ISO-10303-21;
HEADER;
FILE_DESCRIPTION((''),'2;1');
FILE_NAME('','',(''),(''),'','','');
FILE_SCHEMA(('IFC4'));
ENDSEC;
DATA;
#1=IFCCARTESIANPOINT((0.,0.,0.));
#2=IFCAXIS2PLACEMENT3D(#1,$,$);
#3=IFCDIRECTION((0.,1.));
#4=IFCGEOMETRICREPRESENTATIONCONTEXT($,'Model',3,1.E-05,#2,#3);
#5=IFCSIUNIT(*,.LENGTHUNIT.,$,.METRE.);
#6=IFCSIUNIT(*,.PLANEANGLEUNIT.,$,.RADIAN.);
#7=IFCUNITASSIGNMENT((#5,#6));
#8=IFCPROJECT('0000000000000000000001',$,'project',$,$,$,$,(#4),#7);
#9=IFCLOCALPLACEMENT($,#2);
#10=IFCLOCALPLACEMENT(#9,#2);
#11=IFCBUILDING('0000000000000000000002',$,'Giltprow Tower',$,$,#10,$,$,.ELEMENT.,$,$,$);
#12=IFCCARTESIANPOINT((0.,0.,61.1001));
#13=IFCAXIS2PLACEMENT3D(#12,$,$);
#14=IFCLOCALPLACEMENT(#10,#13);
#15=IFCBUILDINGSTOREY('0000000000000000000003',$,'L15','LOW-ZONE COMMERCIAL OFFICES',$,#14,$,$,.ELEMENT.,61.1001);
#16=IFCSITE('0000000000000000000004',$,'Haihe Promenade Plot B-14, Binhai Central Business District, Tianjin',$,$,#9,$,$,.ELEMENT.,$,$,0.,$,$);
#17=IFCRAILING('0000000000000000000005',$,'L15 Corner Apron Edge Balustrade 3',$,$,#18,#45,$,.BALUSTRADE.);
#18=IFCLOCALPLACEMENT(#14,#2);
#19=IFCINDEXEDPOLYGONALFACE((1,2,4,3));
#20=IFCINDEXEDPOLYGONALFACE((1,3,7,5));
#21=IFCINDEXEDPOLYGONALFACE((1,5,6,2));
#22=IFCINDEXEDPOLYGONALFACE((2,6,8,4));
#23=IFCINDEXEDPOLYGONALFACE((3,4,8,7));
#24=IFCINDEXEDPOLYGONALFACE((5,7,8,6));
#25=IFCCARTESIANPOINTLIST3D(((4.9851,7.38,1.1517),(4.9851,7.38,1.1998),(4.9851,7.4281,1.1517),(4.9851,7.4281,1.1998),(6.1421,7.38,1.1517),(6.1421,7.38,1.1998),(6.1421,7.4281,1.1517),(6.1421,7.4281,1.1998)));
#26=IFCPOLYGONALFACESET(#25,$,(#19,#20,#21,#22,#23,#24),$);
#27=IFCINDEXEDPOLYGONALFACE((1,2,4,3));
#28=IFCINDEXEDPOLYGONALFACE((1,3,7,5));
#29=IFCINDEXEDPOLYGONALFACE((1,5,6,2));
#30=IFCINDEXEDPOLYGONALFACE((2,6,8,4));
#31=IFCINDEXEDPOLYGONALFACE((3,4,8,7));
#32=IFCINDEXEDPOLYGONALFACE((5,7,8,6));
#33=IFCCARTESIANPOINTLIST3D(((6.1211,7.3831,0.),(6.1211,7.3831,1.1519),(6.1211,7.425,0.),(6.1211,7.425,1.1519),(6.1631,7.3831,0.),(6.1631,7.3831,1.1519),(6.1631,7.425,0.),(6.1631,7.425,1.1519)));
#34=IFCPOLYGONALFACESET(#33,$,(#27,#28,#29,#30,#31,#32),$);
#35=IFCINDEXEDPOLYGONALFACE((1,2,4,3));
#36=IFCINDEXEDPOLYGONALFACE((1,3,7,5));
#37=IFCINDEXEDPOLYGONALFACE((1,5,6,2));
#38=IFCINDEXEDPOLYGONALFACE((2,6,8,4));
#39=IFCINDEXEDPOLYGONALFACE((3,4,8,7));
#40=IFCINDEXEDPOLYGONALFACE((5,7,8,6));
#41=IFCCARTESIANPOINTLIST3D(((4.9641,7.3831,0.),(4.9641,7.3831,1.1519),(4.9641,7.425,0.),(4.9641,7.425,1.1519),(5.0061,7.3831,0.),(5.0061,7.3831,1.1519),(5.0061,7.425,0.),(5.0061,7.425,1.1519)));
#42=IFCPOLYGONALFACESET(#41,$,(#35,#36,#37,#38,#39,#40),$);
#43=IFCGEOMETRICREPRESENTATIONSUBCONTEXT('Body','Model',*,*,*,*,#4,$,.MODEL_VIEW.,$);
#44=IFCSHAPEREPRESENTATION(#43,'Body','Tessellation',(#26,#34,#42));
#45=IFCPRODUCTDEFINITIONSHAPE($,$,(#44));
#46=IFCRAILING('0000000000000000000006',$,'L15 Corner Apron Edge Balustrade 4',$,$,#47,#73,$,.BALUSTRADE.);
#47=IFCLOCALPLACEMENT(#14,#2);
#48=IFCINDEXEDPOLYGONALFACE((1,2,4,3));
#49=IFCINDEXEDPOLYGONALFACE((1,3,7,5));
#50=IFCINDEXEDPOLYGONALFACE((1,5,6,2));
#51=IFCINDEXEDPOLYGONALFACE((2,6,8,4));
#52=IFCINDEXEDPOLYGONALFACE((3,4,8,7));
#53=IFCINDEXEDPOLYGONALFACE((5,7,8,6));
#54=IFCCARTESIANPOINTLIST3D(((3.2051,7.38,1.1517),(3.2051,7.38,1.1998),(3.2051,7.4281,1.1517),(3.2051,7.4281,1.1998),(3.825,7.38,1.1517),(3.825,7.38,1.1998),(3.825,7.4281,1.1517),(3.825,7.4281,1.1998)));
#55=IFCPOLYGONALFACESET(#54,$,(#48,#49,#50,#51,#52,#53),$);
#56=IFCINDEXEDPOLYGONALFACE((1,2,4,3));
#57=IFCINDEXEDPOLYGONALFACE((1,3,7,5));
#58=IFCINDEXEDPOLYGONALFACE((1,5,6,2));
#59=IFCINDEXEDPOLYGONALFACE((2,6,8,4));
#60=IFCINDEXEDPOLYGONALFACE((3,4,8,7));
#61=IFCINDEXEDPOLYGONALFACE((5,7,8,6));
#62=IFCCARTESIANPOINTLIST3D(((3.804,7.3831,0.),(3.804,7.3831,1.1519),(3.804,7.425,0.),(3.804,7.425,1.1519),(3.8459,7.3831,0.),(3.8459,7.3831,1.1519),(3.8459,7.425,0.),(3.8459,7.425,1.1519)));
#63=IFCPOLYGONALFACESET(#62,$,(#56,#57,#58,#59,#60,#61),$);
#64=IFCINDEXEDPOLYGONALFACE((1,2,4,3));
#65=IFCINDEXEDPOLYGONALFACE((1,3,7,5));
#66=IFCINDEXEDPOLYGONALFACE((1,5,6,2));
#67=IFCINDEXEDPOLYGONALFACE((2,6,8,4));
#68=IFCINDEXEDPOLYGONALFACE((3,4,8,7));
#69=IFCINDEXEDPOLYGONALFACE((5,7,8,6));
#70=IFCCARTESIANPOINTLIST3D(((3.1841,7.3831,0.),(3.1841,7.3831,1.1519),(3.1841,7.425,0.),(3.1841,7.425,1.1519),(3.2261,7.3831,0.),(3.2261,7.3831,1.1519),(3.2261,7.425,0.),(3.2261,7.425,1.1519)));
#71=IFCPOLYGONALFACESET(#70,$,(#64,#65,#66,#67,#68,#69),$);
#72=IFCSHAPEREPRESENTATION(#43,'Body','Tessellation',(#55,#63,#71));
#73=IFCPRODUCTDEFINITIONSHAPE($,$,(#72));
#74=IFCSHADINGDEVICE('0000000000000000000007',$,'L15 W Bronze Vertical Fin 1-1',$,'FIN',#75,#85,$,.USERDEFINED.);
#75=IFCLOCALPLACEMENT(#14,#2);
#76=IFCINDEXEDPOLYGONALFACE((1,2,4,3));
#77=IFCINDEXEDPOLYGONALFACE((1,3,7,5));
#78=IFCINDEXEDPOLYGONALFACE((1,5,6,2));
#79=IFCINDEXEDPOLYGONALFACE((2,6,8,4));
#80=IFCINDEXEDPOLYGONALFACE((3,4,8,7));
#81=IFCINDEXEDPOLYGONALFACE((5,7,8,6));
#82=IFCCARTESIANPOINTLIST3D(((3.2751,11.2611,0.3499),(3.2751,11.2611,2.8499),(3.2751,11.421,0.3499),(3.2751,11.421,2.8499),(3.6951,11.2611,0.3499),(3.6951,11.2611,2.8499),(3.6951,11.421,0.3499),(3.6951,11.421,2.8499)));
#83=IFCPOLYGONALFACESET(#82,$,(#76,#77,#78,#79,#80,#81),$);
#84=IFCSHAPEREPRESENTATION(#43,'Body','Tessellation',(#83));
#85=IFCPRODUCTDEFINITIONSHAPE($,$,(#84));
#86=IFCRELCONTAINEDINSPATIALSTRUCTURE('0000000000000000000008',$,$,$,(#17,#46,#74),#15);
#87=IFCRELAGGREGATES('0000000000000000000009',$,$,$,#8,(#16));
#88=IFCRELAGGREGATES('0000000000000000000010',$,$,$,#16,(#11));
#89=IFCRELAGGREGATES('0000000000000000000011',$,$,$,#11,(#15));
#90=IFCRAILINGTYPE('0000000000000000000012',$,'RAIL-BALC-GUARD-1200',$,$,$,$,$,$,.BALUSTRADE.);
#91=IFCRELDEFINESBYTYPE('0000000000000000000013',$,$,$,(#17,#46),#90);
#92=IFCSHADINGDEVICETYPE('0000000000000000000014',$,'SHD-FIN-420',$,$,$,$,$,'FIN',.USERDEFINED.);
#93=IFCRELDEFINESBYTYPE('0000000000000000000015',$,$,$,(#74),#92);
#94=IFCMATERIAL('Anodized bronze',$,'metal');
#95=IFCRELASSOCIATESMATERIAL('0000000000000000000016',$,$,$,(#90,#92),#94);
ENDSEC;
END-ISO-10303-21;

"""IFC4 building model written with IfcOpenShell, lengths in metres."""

from ifc_helpers import new_model, si_unit, direction, frame, origin, origin_2d, place, context, subcontext, project, spatial, rectangle, extrude, source, transform, mapped, material, type_object, element, save


model = new_model("IFC4")

# Units and contexts
model_context = context("Model", 3, precision=1e-05, world=origin(), true_north=direction((0.0, 1.0)))
body_context = subcontext(model_context, "Body", "Model", "MODEL_VIEW")
ifc_project = project(units=[si_unit("LENGTHUNIT", "METRE"), si_unit("PLANEANGLEUNIT", "RADIAN")], contexts=[model_context])

# Site, building, storey
site_placement = place(None, origin())
site = spatial("IfcSite", under=ifc_project, at=site_placement, Name="Haihe Promenade Plot B-14, Binhai Central Business District, Tianjin", CompositionType="ELEMENT", RefElevation=0.0)
building_placement = place(site_placement, origin())
building = spatial("IfcBuilding", under=site, at=building_placement, Name="Giltprow Tower", CompositionType="ELEMENT")
storey_placement = place(building_placement, frame((0.0, 0.0, 61.1001)))
storey = spatial("IfcBuildingStorey", under=building, at=storey_placement, Name="L15", Description="LOW-ZONE COMMERCIAL OFFICES", CompositionType="ELEMENT", Elevation=61.1001)

# Shared definitions
ifc_material_1 = material(Name="Anodized bronze", Category="metal")

# Railings
railing_type = type_object("IfcRailingType", Name="RAIL-BALC-GUARD-1200", PredefinedType="BALUSTRADE", material=ifc_material_1)
railing_1_placement = place(storey_placement, frame((6.1421, 7.4041, 0.0)))
element("IfcRailing", 1, at=railing_1_placement, inside=storey, type_object=railing_type, Name="L15 Corner Apron Edge Balustrade 3", PredefinedType="BALUSTRADE", context=body_context, shape_type="SweptSolid", body=[
    extrude(rectangle(XDim=0.0481, YDim=0.0481, at=origin_2d()), frame((0.0, 0.0, 1.1758), z_axis=(-1.0, 0.0, 0.0), x_axis=(0.0, -1.0, 0.0)), (0.0, 0.0, 1.0), 1.157),
    extrude(rectangle(XDim=0.042, YDim=0.042, at=origin_2d()), origin(), (0.0, 0.0, 1.0), 1.1519),
    extrude(rectangle(XDim=0.042, YDim=0.042, at=origin_2d()), frame((-1.157, 0.0, 0.0)), (0.0, 0.0, 1.0), 1.1519),
])
railing_2_placement = place(storey_placement, frame((3.825, 7.4041, 0.0)))
element("IfcRailing", 2, at=railing_2_placement, inside=storey, type_object=railing_type, Name="L15 Corner Apron Edge Balustrade 4", PredefinedType="BALUSTRADE", context=body_context, shape_type="SweptSolid", body=[
    extrude(rectangle(XDim=0.0481, YDim=0.0481, at=origin_2d()), frame((0.0, 0.0, 1.1758), z_axis=(-1.0, 0.0, 0.0), x_axis=(0.0, -1.0, 0.0)), (0.0, 0.0, 1.0), 0.6199),
    extrude(rectangle(XDim=0.042, YDim=0.042, at=origin_2d()), origin(), (0.0, 0.0, 1.0), 1.1519),
    extrude(rectangle(XDim=0.042, YDim=0.042, at=origin_2d()), frame((-0.6199, 0.0, 0.0)), (0.0, 0.0, 1.0), 1.1519),
])

# Shading device
shading_device_type = type_object("IfcShadingDeviceType", Name="SHD-FIN-420", ElementType="FIN", PredefinedType="USERDEFINED", material=ifc_material_1)
shared_shape_1 = source(origin(), body_context, "Body", "SweptSolid", [
    extrude(rectangle(XDim=0.4199, YDim=0.1599, at=origin_2d()), origin(), (0.0, 0.0, 1.0), 2.5),
])
shading_device_placement = place(storey_placement, frame((3.4851, 11.3411, 0.3499), z_axis=(0.0, 0.0, 1.0), x_axis=(1.0, 0.0, 0.0)))
element("IfcShadingDevice", 3, at=shading_device_placement, inside=storey, type_object=shading_device_type, Name="L15 W Bronze Vertical Fin 1-1", ObjectType="FIN", PredefinedType="USERDEFINED", context=body_context, shape_type="MappedRepresentation", body=[
    mapped(shared_shape_1, transform((0.0, 0.0, 0.0), x_axis=(1.0, 0.0, 0.0), y_axis=(0.0, 1.0, 0.0), z_axis=(0.0, 0.0, 1.0), scale=1.0)),
])

save(model, "model.ifc")
